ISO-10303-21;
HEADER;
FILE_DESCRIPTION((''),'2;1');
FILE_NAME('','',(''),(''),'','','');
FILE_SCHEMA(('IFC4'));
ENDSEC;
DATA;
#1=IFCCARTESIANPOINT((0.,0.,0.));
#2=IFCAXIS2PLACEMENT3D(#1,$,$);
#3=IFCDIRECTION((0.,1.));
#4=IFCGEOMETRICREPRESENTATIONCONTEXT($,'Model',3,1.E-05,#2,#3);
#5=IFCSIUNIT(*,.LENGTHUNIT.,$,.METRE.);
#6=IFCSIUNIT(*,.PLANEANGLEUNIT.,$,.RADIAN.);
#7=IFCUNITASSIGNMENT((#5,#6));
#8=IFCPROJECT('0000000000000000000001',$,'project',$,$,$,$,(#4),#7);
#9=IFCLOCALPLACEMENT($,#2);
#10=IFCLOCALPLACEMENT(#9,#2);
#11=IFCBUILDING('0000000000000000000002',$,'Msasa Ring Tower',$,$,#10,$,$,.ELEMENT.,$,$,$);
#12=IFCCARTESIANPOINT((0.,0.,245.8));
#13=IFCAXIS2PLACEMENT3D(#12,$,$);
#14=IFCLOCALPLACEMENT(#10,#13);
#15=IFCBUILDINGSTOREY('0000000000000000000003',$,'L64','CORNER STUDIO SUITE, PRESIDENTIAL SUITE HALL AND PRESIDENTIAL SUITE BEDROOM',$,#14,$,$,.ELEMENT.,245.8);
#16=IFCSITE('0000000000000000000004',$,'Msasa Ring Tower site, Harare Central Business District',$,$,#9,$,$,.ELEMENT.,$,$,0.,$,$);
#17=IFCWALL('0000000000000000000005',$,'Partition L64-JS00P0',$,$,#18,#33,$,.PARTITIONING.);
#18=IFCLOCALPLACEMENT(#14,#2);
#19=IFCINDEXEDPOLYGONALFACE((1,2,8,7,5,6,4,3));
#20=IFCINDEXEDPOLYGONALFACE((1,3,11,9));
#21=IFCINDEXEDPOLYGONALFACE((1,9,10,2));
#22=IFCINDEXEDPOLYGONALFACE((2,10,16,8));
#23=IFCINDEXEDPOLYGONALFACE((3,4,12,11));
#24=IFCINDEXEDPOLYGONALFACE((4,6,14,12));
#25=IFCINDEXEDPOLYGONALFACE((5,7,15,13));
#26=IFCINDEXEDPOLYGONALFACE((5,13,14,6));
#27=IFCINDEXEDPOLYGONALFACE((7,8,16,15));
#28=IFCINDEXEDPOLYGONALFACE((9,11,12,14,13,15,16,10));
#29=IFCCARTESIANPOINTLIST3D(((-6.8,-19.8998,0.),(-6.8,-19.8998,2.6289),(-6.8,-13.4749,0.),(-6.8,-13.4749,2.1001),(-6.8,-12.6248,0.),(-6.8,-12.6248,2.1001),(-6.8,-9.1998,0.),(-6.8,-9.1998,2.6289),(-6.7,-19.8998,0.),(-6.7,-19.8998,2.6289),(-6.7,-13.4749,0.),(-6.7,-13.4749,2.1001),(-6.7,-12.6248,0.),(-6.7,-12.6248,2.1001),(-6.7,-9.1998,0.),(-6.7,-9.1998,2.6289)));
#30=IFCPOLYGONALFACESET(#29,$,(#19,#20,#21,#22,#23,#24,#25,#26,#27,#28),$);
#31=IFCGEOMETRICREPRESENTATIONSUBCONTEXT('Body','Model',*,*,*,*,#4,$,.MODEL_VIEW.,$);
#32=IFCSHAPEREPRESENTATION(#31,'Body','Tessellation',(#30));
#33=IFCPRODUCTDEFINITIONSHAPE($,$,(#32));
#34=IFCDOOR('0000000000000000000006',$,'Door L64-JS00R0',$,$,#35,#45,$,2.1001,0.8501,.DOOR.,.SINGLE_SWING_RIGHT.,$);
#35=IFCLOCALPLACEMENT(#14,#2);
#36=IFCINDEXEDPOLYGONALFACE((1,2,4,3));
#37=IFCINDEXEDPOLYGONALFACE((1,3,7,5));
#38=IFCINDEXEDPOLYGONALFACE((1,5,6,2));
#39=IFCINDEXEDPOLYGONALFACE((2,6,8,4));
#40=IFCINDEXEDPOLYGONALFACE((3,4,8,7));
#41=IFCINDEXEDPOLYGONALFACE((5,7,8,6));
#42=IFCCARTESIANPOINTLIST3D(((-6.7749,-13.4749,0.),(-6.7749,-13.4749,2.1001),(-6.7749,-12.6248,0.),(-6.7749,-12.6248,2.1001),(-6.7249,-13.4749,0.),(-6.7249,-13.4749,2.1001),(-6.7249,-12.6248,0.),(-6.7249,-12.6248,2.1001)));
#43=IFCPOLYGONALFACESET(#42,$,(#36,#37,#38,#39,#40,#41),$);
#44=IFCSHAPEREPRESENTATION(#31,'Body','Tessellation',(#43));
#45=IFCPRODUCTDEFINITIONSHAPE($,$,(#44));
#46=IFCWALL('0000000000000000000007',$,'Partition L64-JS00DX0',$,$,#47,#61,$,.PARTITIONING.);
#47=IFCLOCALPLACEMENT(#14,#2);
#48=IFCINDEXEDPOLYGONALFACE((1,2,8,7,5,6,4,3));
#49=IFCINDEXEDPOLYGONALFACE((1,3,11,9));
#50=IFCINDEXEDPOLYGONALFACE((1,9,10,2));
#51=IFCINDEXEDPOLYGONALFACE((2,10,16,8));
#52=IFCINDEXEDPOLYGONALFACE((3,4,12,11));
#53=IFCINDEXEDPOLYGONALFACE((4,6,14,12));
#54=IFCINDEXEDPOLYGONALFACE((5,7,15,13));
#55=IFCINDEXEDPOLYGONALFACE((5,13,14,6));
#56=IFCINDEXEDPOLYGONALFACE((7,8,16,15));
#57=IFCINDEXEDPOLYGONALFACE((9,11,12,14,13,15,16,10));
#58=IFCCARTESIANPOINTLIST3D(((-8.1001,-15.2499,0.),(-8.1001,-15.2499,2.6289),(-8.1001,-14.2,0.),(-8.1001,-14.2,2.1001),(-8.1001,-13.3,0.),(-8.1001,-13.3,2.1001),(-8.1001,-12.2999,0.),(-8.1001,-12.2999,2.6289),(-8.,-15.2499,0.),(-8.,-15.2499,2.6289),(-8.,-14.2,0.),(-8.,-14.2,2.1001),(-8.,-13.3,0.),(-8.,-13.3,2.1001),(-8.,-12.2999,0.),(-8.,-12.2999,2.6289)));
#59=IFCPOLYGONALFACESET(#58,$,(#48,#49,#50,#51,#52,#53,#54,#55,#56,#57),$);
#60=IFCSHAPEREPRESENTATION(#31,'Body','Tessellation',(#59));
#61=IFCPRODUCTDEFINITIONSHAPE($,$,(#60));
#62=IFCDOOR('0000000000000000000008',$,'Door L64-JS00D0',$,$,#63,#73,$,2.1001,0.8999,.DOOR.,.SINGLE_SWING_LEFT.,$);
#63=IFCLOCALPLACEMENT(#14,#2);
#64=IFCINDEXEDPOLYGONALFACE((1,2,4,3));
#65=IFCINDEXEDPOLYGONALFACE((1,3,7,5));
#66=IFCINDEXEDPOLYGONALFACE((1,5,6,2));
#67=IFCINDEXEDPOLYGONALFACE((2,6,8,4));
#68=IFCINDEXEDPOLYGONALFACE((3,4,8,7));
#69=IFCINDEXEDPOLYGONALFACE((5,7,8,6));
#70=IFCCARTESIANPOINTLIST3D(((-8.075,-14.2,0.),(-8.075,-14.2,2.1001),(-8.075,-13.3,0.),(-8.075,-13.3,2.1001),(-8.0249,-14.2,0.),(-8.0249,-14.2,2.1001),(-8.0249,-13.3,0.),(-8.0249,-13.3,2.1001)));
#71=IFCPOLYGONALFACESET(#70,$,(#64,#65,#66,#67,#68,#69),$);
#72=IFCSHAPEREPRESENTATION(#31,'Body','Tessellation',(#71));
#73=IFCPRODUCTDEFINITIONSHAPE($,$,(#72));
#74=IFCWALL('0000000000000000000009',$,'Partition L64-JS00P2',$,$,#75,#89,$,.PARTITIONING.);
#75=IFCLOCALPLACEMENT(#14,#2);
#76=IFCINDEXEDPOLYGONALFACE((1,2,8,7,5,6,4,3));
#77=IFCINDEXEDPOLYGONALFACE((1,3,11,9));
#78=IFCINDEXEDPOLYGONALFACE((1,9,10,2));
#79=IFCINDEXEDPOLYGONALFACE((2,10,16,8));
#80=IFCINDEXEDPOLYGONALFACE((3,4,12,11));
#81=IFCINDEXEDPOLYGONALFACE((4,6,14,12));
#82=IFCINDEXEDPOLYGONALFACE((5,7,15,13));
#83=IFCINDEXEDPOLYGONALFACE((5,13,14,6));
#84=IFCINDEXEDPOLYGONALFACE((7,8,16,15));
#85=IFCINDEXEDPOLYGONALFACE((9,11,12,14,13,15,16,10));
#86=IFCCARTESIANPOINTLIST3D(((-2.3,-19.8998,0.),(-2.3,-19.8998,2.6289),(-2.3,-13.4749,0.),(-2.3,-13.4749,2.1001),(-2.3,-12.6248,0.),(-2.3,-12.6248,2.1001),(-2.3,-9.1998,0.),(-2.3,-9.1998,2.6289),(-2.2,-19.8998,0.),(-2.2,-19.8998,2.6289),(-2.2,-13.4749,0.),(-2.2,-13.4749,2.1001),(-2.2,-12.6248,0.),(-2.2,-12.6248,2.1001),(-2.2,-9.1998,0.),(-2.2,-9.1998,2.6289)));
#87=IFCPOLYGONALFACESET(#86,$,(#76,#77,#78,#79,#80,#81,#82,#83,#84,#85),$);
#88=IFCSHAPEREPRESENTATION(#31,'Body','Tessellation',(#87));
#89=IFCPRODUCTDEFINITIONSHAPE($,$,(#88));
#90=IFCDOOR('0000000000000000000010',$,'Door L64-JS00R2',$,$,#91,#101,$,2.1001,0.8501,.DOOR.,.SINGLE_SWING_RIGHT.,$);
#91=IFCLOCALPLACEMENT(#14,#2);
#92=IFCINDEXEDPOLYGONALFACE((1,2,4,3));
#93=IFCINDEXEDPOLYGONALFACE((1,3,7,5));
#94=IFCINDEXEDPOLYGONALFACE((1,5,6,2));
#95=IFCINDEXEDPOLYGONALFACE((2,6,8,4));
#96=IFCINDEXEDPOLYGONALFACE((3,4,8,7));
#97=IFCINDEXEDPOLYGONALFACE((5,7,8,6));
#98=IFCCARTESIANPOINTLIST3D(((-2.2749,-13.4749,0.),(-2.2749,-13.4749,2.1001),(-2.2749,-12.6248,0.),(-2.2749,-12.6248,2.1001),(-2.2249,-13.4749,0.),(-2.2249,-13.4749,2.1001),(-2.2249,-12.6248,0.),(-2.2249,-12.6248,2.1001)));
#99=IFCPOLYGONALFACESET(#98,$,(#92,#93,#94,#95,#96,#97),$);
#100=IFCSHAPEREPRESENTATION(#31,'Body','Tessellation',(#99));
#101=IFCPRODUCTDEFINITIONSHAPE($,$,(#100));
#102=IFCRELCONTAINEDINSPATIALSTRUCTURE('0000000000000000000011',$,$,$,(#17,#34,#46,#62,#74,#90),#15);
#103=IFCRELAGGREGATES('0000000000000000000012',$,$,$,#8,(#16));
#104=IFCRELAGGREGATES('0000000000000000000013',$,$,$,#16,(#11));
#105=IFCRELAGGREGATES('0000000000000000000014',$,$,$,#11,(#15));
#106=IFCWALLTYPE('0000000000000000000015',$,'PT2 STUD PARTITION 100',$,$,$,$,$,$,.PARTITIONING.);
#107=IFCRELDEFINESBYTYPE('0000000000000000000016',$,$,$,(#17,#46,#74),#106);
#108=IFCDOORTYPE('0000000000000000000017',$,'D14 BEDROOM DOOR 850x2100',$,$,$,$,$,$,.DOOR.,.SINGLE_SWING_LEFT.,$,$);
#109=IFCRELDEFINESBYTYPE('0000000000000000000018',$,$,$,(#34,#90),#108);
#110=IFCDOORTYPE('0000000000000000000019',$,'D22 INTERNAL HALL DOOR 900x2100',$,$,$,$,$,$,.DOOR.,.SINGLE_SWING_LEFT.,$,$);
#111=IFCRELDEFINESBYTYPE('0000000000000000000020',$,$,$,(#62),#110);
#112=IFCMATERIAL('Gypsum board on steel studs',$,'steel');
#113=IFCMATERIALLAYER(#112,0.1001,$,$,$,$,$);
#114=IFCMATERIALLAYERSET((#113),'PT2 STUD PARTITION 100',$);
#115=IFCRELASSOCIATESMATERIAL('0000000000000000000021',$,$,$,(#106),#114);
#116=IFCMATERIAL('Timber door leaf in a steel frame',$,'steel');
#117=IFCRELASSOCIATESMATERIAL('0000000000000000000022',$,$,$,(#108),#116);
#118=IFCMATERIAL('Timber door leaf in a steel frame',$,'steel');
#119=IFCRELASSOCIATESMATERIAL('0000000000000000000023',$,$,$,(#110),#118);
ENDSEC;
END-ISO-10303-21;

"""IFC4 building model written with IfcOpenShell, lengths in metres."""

from ifc_helpers import new_model, si_unit, direction, frame, frame_2d, origin, place, context, subcontext, project, spatial, rectangle, extrude, material, layer, layer_set, type_object, element, fill, save


model = new_model("IFC4")

# Units and contexts
model_context = context("Model", 3, precision=1e-05, world=origin(), true_north=direction((0.0, 1.0)))
body_context = subcontext(model_context, "Body", "Model", "MODEL_VIEW")
ifc_project = project(units=[si_unit("LENGTHUNIT", "METRE"), si_unit("PLANEANGLEUNIT", "RADIAN")], contexts=[model_context])

# Site, building, storey
site_placement = place(None, origin())
site = spatial("IfcSite", under=ifc_project, at=site_placement, Name="Msasa Ring Tower site, Harare Central Business District", CompositionType="ELEMENT", RefElevation=0.0)
building_placement = place(site_placement, origin())
building = spatial("IfcBuilding", under=site, at=building_placement, Name="Msasa Ring Tower", CompositionType="ELEMENT")
storey_placement = place(building_placement, frame((0.0, 0.0, 245.8)))
storey = spatial("IfcBuildingStorey", under=building, at=storey_placement, Name="L64", Description="CORNER STUDIO SUITE, PRESIDENTIAL SUITE HALL AND PRESIDENTIAL SUITE BEDROOM", CompositionType="ELEMENT", Elevation=245.8)

# Walls, openings, doors
ifc_material_1 = material(Name="Gypsum board on steel studs", Category="steel")
ifc_layer_1 = layer(ifc_material_1, 0.1001)
ifc_layer_set_1 = layer_set([ifc_layer_1], Name="PT2 STUD PARTITION 100")
wall_type_1 = type_object("IfcWallType", Name="PT2 STUD PARTITION 100", PredefinedType="PARTITIONING", material=ifc_layer_set_1)
wall_1_placement = place(storey_placement, frame((-6.75, -19.8999, 0.0), z_axis=(0.0, 0.0, 1.0), x_axis=(0.0, 1.0, 0.0)))
wall_1 = element("IfcWall", 1, at=wall_1_placement, inside=storey, type_object=wall_type_1, Name="Partition L64-JS00P0", PredefinedType="PARTITIONING", context=body_context, shape_type="SweptSolid", body=[
    extrude(rectangle(XDim=10.7, YDim=0.1001, at=frame_2d((5.3501, 0.0))), origin(), (0.0, 0.0, 1.0), 2.6289),
])
opening_1_placement = place(wall_1_placement, frame((6.425, 0.0, 0.0)))
opening_1 = element("IfcOpeningElement", 2, at=opening_1_placement, cuts=wall_1, PredefinedType="OPENING", context=body_context, shape_type="SweptSolid", body=[
    extrude(rectangle(XDim=0.8501, YDim=2.1001, at=frame_2d((0.425, 1.05))), frame((0.0, 0.0601, 0.0), z_axis=(0.0, -1.0, 0.0), x_axis=(1.0, 0.0, 0.0)), (0.0, 0.0, 1.0), 0.1201),
])
ifc_material_2 = material(Name="Timber door leaf in a steel frame", Category="steel")
door_type_1 = type_object("IfcDoorType", Name="D14 BEDROOM DOOR 850x2100", OperationType="SINGLE_SWING_LEFT", PredefinedType="DOOR", material=ifc_material_2)
door_1_placement = place(opening_1_placement, origin())
door_1 = element("IfcDoor", 3, at=door_1_placement, inside=storey, type_object=door_type_1, Name="Door L64-JS00R0", OperationType="SINGLE_SWING_RIGHT", OverallHeight=2.1001, OverallWidth=0.8501, PredefinedType="DOOR", context=body_context, shape_type="SweptSolid", body=[
    extrude(rectangle(XDim=0.8501, YDim=2.1001, at=frame_2d((0.425, 1.05))), frame((0.0, 0.0249, 0.0), z_axis=(0.0, -1.0, 0.0), x_axis=(1.0, 0.0, 0.0)), (0.0, 0.0, 1.0), 0.05),
])
fill(opening_1, door_1)
wall_2_placement = place(storey_placement, frame((-8.05, -15.25, 0.0), z_axis=(0.0, 0.0, 1.0), x_axis=(0.0, 1.0, 0.0)))
wall_2 = element("IfcWall", 4, at=wall_2_placement, inside=storey, type_object=wall_type_1, Name="Partition L64-JS00DX0", PredefinedType="PARTITIONING", context=body_context, shape_type="SweptSolid", body=[
    extrude(rectangle(XDim=2.95, YDim=0.1001, at=frame_2d((1.4751, 0.0))), origin(), (0.0, 0.0, 1.0), 2.6289),
])
opening_2_placement = place(wall_2_placement, frame((1.05, 0.0, 0.0)))
opening_2 = element("IfcOpeningElement", 5, at=opening_2_placement, cuts=wall_2, PredefinedType="OPENING", context=body_context, shape_type="SweptSolid", body=[
    extrude(rectangle(XDim=0.8999, YDim=2.1001, at=frame_2d((0.45, 1.05))), frame((0.0, 0.0601, 0.0), z_axis=(0.0, -1.0, 0.0), x_axis=(1.0, 0.0, 0.0)), (0.0, 0.0, 1.0), 0.1201),
])
ifc_material_3 = material(Name="Timber door leaf in a steel frame", Category="steel")
door_type_2 = type_object("IfcDoorType", Name="D22 INTERNAL HALL DOOR 900x2100", OperationType="SINGLE_SWING_LEFT", PredefinedType="DOOR", material=ifc_material_3)
door_2_placement = place(opening_2_placement, origin())
door_2 = element("IfcDoor", 6, at=door_2_placement, inside=storey, type_object=door_type_2, Name="Door L64-JS00D0", OperationType="SINGLE_SWING_LEFT", OverallHeight=2.1001, OverallWidth=0.8999, PredefinedType="DOOR", context=body_context, shape_type="SweptSolid", body=[
    extrude(rectangle(XDim=0.8999, YDim=2.1001, at=frame_2d((0.45, 1.05))), frame((0.0, 0.0249, 0.0), z_axis=(0.0, -1.0, 0.0), x_axis=(1.0, 0.0, 0.0)), (0.0, 0.0, 1.0), 0.05),
])
fill(opening_2, door_2)
wall_3_placement = place(storey_placement, frame((-2.25, -19.8999, 0.0), z_axis=(0.0, 0.0, 1.0), x_axis=(0.0, 1.0, 0.0)))
wall_3 = element("IfcWall", 7, at=wall_3_placement, inside=storey, type_object=wall_type_1, Name="Partition L64-JS00P2", PredefinedType="PARTITIONING", context=body_context, shape_type="SweptSolid", body=[
    extrude(rectangle(XDim=10.7, YDim=0.1001, at=frame_2d((5.3501, 0.0))), origin(), (0.0, 0.0, 1.0), 2.6289),
])
opening_3_placement = place(wall_3_placement, frame((6.425, 0.0, 0.0)))
opening_3 = element("IfcOpeningElement", 8, at=opening_3_placement, cuts=wall_3, PredefinedType="OPENING", context=body_context, shape_type="SweptSolid", body=[
    extrude(rectangle(XDim=0.8501, YDim=2.1001, at=frame_2d((0.425, 1.05))), frame((0.0, 0.0601, 0.0), z_axis=(0.0, -1.0, 0.0), x_axis=(1.0, 0.0, 0.0)), (0.0, 0.0, 1.0), 0.1201),
])
door_3_placement = place(opening_3_placement, origin())
door_3 = element("IfcDoor", 9, at=door_3_placement, inside=storey, type_object=door_type_1, Name="Door L64-JS00R2", OperationType="SINGLE_SWING_RIGHT", OverallHeight=2.1001, OverallWidth=0.8501, PredefinedType="DOOR", context=body_context, shape_type="SweptSolid", body=[
    extrude(rectangle(XDim=0.8501, YDim=2.1001, at=frame_2d((0.425, 1.05))), frame((0.0, 0.0249, 0.0), z_axis=(0.0, -1.0, 0.0), x_axis=(1.0, 0.0, 0.0)), (0.0, 0.0, 1.0), 0.05),
])
fill(opening_3, door_3)

save(model, "model.ifc")
